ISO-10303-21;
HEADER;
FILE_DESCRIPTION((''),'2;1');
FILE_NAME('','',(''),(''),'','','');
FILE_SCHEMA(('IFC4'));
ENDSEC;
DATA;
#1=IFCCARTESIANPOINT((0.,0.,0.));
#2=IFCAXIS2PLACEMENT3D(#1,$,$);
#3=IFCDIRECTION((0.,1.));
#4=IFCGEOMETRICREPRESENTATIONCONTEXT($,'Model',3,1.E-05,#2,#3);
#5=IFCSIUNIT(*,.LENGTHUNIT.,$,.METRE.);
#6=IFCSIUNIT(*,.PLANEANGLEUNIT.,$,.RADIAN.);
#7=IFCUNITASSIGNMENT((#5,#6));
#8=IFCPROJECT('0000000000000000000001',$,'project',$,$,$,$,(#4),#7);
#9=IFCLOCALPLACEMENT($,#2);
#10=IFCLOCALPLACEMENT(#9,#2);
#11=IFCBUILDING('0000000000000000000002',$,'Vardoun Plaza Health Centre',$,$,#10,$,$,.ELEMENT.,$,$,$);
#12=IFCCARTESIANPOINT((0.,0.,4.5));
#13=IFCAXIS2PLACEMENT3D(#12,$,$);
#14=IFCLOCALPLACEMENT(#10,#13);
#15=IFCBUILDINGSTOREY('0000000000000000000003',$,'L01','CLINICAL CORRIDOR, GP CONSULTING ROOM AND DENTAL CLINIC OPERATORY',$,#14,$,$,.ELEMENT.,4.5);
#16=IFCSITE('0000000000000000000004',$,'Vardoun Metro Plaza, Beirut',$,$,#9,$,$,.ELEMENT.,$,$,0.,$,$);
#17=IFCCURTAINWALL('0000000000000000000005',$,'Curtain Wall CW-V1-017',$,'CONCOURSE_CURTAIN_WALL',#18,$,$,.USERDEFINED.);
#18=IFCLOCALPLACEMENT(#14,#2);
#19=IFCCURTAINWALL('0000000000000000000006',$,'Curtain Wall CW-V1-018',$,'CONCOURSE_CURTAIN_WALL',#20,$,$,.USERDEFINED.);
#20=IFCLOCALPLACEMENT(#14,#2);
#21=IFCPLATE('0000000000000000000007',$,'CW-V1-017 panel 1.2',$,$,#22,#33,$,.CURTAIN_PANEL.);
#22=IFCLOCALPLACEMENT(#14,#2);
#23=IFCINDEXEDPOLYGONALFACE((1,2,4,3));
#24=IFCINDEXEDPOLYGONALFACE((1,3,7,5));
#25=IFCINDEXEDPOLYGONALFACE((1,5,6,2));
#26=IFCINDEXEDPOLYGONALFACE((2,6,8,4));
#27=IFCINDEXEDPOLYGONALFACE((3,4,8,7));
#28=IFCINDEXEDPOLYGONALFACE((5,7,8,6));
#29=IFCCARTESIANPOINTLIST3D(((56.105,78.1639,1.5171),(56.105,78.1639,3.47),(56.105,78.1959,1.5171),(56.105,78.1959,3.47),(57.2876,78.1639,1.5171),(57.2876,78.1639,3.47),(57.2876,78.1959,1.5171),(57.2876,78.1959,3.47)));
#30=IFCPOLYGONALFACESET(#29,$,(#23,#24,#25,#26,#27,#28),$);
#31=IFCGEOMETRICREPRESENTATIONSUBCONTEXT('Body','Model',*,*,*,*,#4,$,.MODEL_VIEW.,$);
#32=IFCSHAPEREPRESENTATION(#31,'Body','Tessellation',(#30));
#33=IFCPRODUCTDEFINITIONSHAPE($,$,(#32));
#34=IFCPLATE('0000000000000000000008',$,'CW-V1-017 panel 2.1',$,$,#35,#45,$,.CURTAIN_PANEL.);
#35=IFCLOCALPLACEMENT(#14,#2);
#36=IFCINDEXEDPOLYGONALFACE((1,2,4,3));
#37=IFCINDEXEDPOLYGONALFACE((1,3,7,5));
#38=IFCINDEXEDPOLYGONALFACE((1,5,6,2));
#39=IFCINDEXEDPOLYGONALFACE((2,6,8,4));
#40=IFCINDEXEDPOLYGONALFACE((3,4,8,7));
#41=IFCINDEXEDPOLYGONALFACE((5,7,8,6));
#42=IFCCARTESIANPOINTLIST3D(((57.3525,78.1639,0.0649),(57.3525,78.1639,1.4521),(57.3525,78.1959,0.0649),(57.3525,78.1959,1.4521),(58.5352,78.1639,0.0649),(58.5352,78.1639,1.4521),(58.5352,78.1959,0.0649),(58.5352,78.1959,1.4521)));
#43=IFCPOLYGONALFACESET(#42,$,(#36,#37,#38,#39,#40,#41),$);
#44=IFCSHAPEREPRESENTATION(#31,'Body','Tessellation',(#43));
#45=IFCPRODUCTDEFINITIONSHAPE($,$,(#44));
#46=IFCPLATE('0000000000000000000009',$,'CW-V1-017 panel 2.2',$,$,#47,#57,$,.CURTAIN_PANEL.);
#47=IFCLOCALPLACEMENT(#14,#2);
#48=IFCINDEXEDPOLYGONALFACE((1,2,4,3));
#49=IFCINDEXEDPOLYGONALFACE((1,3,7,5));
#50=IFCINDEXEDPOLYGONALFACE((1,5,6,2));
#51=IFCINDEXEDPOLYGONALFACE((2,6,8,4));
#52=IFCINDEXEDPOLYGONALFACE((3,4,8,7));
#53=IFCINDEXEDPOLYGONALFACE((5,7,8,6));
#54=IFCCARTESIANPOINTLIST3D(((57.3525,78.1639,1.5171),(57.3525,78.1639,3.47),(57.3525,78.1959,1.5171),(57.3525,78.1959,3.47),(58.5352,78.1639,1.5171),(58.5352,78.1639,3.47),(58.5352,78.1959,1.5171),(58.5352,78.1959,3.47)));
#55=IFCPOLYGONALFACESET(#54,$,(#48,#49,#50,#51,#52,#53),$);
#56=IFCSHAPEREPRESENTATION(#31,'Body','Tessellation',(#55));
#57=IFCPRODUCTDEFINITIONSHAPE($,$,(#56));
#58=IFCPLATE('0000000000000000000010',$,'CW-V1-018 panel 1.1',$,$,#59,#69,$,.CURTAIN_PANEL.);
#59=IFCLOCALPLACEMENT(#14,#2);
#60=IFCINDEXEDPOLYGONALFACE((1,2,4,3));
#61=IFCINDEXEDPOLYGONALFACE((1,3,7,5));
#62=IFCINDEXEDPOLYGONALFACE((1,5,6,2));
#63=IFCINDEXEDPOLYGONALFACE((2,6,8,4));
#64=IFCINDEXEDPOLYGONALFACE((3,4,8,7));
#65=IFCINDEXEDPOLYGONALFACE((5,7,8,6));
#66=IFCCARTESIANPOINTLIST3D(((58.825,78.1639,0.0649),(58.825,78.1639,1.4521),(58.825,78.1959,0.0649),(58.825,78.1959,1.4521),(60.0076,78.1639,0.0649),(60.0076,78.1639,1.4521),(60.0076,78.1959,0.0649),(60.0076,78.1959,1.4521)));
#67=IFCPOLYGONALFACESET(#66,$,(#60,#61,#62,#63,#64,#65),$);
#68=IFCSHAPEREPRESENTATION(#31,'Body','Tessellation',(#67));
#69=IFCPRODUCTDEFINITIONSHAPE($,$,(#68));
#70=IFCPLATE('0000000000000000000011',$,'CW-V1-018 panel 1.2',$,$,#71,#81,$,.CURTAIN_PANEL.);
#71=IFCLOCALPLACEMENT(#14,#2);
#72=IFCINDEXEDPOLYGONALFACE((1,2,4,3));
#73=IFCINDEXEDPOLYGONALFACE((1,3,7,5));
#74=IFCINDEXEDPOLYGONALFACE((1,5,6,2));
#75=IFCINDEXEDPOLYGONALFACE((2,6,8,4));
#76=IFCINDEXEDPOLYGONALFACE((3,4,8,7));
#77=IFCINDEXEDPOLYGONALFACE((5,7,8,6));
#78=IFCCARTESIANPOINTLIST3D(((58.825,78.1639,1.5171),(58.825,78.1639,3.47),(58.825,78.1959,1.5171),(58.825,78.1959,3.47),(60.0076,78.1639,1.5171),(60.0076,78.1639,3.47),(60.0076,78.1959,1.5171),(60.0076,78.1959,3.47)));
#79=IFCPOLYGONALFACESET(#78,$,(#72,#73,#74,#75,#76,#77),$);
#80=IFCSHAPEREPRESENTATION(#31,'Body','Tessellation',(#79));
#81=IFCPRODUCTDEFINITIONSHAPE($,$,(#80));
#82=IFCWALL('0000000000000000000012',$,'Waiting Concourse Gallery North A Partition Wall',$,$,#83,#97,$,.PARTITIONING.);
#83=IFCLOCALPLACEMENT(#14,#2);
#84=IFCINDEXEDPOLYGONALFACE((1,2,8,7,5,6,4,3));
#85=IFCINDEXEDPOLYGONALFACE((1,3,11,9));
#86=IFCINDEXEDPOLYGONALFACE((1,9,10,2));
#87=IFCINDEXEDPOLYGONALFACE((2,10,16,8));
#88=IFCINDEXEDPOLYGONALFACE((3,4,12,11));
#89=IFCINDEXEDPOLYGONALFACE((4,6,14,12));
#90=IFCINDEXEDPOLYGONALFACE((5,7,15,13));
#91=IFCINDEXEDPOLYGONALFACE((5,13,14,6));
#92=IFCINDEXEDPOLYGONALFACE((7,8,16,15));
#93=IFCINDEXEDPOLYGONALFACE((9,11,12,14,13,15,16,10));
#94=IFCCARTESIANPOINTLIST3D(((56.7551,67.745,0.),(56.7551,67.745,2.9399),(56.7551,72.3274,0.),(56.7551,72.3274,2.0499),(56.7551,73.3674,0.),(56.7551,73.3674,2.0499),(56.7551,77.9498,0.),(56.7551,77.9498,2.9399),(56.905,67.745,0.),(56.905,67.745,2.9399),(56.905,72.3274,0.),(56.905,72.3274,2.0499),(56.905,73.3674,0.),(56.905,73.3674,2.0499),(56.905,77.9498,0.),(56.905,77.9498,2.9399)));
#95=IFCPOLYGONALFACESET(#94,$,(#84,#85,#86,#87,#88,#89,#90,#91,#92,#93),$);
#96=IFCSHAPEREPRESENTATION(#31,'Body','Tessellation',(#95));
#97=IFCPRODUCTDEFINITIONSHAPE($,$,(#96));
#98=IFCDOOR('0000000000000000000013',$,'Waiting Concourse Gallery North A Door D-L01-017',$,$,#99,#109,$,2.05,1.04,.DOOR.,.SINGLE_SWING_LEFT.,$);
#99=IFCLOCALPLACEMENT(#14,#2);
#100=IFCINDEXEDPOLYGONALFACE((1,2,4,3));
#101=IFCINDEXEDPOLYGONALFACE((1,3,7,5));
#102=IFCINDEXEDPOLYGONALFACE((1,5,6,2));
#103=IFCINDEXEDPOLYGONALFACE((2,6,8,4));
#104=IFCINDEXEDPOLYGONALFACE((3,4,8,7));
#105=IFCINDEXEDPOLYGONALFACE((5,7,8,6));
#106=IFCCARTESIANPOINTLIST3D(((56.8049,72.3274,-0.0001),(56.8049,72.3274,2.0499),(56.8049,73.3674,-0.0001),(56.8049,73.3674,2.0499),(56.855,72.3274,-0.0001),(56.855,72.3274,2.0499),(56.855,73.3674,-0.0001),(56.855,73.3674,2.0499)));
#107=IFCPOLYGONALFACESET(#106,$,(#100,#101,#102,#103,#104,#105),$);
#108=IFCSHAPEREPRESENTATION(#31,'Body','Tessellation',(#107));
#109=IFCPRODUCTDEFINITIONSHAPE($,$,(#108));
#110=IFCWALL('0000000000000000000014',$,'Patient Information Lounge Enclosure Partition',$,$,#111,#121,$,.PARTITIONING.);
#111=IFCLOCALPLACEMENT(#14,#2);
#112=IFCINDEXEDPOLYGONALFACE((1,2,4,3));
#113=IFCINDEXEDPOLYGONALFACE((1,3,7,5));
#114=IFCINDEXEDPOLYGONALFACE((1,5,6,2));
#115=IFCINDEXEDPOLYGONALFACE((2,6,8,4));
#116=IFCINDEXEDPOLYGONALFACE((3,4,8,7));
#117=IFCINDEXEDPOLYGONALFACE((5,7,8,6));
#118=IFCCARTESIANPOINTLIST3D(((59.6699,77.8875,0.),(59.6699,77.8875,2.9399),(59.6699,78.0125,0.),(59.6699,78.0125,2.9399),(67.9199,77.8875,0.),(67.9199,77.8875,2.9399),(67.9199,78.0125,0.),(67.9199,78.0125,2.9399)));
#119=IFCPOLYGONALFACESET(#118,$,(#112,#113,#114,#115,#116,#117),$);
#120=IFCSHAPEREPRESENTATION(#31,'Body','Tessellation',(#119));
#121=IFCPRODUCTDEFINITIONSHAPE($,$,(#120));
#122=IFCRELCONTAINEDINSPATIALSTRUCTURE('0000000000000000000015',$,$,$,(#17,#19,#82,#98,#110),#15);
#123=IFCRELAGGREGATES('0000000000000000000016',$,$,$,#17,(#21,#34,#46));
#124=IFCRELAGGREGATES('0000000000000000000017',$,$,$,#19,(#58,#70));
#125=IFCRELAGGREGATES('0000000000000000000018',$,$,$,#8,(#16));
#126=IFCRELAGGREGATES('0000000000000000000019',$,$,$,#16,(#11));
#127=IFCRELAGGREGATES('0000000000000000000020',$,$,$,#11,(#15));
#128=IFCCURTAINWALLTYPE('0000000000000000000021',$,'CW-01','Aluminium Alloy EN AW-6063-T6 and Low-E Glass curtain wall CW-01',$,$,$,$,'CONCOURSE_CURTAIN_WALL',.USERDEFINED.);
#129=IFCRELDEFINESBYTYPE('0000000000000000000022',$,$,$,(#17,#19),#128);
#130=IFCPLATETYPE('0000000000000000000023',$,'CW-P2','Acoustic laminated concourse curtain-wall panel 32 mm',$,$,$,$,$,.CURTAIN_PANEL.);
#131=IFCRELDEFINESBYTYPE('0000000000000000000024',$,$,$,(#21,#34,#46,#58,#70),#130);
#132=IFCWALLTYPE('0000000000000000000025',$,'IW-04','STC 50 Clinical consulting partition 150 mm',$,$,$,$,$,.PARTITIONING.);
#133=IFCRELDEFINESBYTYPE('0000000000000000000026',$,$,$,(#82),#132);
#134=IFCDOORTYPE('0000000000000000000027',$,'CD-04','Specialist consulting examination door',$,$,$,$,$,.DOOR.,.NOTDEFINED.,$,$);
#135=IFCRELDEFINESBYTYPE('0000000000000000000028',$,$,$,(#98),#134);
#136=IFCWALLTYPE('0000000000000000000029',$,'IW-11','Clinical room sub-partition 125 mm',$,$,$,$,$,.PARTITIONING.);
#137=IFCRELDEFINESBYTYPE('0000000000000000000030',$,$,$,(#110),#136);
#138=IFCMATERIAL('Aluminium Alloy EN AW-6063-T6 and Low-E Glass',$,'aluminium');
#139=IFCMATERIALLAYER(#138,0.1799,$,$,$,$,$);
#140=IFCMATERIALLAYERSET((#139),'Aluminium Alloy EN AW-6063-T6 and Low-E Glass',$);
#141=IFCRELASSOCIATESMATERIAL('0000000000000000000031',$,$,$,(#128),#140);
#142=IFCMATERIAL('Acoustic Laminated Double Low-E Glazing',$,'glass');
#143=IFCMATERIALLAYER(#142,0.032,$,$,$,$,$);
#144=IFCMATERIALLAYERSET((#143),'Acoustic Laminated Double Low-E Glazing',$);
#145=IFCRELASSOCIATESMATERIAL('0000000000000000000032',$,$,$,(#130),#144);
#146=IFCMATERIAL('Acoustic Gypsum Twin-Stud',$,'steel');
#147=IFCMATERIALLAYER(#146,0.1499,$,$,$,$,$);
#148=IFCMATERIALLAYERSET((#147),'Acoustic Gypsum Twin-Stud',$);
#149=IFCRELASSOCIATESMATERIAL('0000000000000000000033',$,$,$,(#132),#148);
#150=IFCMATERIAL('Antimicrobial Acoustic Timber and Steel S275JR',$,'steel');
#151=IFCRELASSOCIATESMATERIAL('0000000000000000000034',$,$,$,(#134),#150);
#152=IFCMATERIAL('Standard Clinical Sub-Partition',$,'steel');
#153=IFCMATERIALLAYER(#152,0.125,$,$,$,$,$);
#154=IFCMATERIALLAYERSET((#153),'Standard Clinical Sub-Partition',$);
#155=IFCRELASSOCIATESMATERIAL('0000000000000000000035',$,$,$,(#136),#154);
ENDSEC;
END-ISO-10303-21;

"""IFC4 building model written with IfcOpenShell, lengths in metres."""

from ifc_helpers import new_model, si_unit, direction, frame, frame_2d, origin, origin_2d, place, context, subcontext, project, spatial, rectangle, extrude, material, layer, layer_set, type_object, element, fill, aggregate, save


model = new_model("IFC4")

# Units and contexts
model_context = context("Model", 3, precision=1e-05, world=origin(), true_north=direction((0.0, 1.0)))
body_context = subcontext(model_context, "Body", "Model", "MODEL_VIEW")
ifc_project = project(units=[si_unit("LENGTHUNIT", "METRE"), si_unit("PLANEANGLEUNIT", "RADIAN")], contexts=[model_context])

# Site, building, storey
site_placement = place(None, origin())
site = spatial("IfcSite", under=ifc_project, at=site_placement, Name="Vardoun Metro Plaza, Beirut", CompositionType="ELEMENT", RefElevation=0.0)
building_placement = place(site_placement, origin())
building = spatial("IfcBuilding", under=site, at=building_placement, Name="Vardoun Plaza Health Centre", CompositionType="ELEMENT")
storey_placement = place(building_placement, frame((0.0, 0.0, 4.5)))
storey = spatial("IfcBuildingStorey", under=building, at=storey_placement, Name="L01", Description="CLINICAL CORRIDOR, GP CONSULTING ROOM AND DENTAL CLINIC OPERATORY", CompositionType="ELEMENT", Elevation=4.5)

# Curtain wall
ifc_material_1 = material(Name="Aluminium Alloy EN AW-6063-T6 and Low-E Glass", Category="aluminium")
ifc_layer_1 = layer(ifc_material_1, 0.1799)
ifc_layer_set_1 = layer_set([ifc_layer_1], Name="Aluminium Alloy EN AW-6063-T6 and Low-E Glass")
curtain_wall_type = type_object("IfcCurtainWallType", Name="CW-01", Description="Aluminium Alloy EN AW-6063-T6 and Low-E Glass curtain wall CW-01", ElementType="CONCOURSE_CURTAIN_WALL", PredefinedType="USERDEFINED", material=ifc_layer_set_1)
curtain_wall_1_placement = place(storey_placement, origin())
curtain_wall_1 = element("IfcCurtainWall", 1, at=curtain_wall_1_placement, inside=storey, type_object=curtain_wall_type, Name="Curtain Wall CW-V1-017", ObjectType="CONCOURSE_CURTAIN_WALL", PredefinedType="USERDEFINED")

# Curtain wall
curtain_wall_2_placement = place(storey_placement, origin())
curtain_wall_2 = element("IfcCurtainWall", 2, at=curtain_wall_2_placement, inside=storey, type_object=curtain_wall_type, Name="Curtain Wall CW-V1-018", ObjectType="CONCOURSE_CURTAIN_WALL", PredefinedType="USERDEFINED")

# Plates
ifc_material_2 = material(Name="Acoustic Laminated Double Low-E Glazing", Category="glass")
ifc_layer_2 = layer(ifc_material_2, 0.032)
ifc_layer_set_2 = layer_set([ifc_layer_2], Name="Acoustic Laminated Double Low-E Glazing")
plate_type = type_object("IfcPlateType", Name="CW-P2", Description="Acoustic laminated concourse curtain-wall panel 32 mm", PredefinedType="CURTAIN_PANEL", material=ifc_layer_set_2)
plate_1_placement = place(storey_placement, frame((56.6963, 78.1799, 1.5171), z_axis=(0.0, 0.0, 1.0), x_axis=(1.0, 0.0, 0.0)))
plate_1 = element("IfcPlate", 3, at=plate_1_placement, type_object=plate_type, Name="CW-V1-017 panel 1.2", PredefinedType="CURTAIN_PANEL", context=body_context, shape_type="SweptSolid", body=[
    extrude(rectangle(XDim=1.1826, YDim=0.032, at=origin_2d()), origin(), (0.0, 0.0, 1.0), 1.9529),
])
plate_2_placement = place(storey_placement, frame((57.9438, 78.1799, 0.0649), z_axis=(0.0, 0.0, 1.0), x_axis=(1.0, 0.0, 0.0)))
plate_2 = element("IfcPlate", 4, at=plate_2_placement, type_object=plate_type, Name="CW-V1-017 panel 2.1", PredefinedType="CURTAIN_PANEL", context=body_context, shape_type="SweptSolid", body=[
    extrude(rectangle(XDim=1.1826, YDim=0.032, at=origin_2d()), origin(), (0.0, 0.0, 1.0), 1.3872),
])
plate_3_placement = place(storey_placement, frame((57.9438, 78.1799, 1.5171), z_axis=(0.0, 0.0, 1.0), x_axis=(1.0, 0.0, 0.0)))
plate_3 = element("IfcPlate", 5, at=plate_3_placement, type_object=plate_type, Name="CW-V1-017 panel 2.2", PredefinedType="CURTAIN_PANEL", context=body_context, shape_type="SweptSolid", body=[
    extrude(rectangle(XDim=1.1826, YDim=0.032, at=origin_2d()), origin(), (0.0, 0.0, 1.0), 1.9529),
])
aggregate(curtain_wall_1, [plate_1, plate_2, plate_3])
plate_4_placement = place(storey_placement, frame((59.4163, 78.1799, 0.0649), z_axis=(0.0, 0.0, 1.0), x_axis=(1.0, 0.0, 0.0)))
plate_4 = element("IfcPlate", 6, at=plate_4_placement, type_object=plate_type, Name="CW-V1-018 panel 1.1", PredefinedType="CURTAIN_PANEL", context=body_context, shape_type="SweptSolid", body=[
    extrude(rectangle(XDim=1.1826, YDim=0.032, at=origin_2d()), origin(), (0.0, 0.0, 1.0), 1.3872),
])
plate_5_placement = place(storey_placement, frame((59.4163, 78.1799, 1.5171), z_axis=(0.0, 0.0, 1.0), x_axis=(1.0, 0.0, 0.0)))
plate_5 = element("IfcPlate", 7, at=plate_5_placement, type_object=plate_type, Name="CW-V1-018 panel 1.2", PredefinedType="CURTAIN_PANEL", context=body_context, shape_type="SweptSolid", body=[
    extrude(rectangle(XDim=1.1826, YDim=0.032, at=origin_2d()), origin(), (0.0, 0.0, 1.0), 1.9529),
])
aggregate(curtain_wall_2, [plate_4, plate_5])

# Wall, opening, door
ifc_material_3 = material(Name="Acoustic Gypsum Twin-Stud", Category="steel")
ifc_layer_3 = layer(ifc_material_3, 0.1499)
ifc_layer_set_3 = layer_set([ifc_layer_3], Name="Acoustic Gypsum Twin-Stud")
wall_type_1 = type_object("IfcWallType", Name="IW-04", Description="STC 50 Clinical consulting partition 150 mm", PredefinedType="PARTITIONING", material=ifc_layer_set_3)
wall_1_placement = place(storey_placement, frame((56.8301, 77.95, 0.0), z_axis=(0.0, 0.0, 1.0), x_axis=(0.0, -1.0, 0.0)))
wall_1 = element("IfcWall", 8, at=wall_1_placement, inside=storey, type_object=wall_type_1, Name="Waiting Concourse Gallery North A Partition Wall", PredefinedType="PARTITIONING", context=body_context, shape_type="SweptSolid", body=[
    extrude(rectangle(XDim=10.2048, YDim=0.1499, at=frame_2d((5.1025, 0.0))), origin(), (0.0, 0.0, 1.0), 2.9399),
])
opening_placement = place(wall_1_placement, frame((4.5825, 0.0, 0.0)))
opening = element("IfcOpeningElement", 9, at=opening_placement, cuts=wall_1, PredefinedType="OPENING", context=body_context, shape_type="SweptSolid", body=[
    extrude(rectangle(XDim=1.04, YDim=2.05, at=frame_2d((0.52, 1.0249))), frame((0.0, 0.075, 0.0), z_axis=(0.0, -1.0, 0.0), x_axis=(1.0, 0.0, 0.0)), (0.0, 0.0, 1.0), 0.1499),
])
ifc_material_4 = material(Name="Antimicrobial Acoustic Timber and Steel S275JR", Category="steel")
door_type = type_object("IfcDoorType", Name="CD-04", Description="Specialist consulting examination door", OperationType="NOTDEFINED", PredefinedType="DOOR", material=ifc_material_4)
door_placement = place(opening_placement, origin())
door = element("IfcDoor", 10, at=door_placement, inside=storey, type_object=door_type, Name="Waiting Concourse Gallery North A Door D-L01-017", OperationType="SINGLE_SWING_LEFT", OverallHeight=2.05, OverallWidth=1.04, PredefinedType="DOOR", context=body_context, shape_type="SweptSolid", body=[
    extrude(rectangle(XDim=1.04, YDim=2.05, at=frame_2d((0.52, 1.0249))), frame((0.0, 0.0249, 0.0), z_axis=(0.0, -1.0, 0.0), x_axis=(1.0, 0.0, 0.0)), (0.0, 0.0, 1.0), 0.05),
])
fill(opening, door)

# Wall
ifc_material_5 = material(Name="Standard Clinical Sub-Partition", Category="steel")
ifc_layer_4 = layer(ifc_material_5, 0.125)
ifc_layer_set_4 = layer_set([ifc_layer_4], Name="Standard Clinical Sub-Partition")
wall_type_2 = type_object("IfcWallType", Name="IW-11", Description="Clinical room sub-partition 125 mm", PredefinedType="PARTITIONING", material=ifc_layer_set_4)
wall_2_placement = place(storey_placement, frame((59.6699, 77.95, 0.0), z_axis=(0.0, 0.0, 1.0), x_axis=(1.0, 0.0, 0.0)))
element("IfcWall", 11, at=wall_2_placement, inside=storey, type_object=wall_type_2, Name="Patient Information Lounge Enclosure Partition", PredefinedType="PARTITIONING", context=body_context, shape_type="SweptSolid", body=[
    extrude(rectangle(XDim=8.25, YDim=0.125, at=frame_2d((4.125, 0.0))), origin(), (0.0, 0.0, 1.0), 2.9399),
])

save(model, "model.ifc")
